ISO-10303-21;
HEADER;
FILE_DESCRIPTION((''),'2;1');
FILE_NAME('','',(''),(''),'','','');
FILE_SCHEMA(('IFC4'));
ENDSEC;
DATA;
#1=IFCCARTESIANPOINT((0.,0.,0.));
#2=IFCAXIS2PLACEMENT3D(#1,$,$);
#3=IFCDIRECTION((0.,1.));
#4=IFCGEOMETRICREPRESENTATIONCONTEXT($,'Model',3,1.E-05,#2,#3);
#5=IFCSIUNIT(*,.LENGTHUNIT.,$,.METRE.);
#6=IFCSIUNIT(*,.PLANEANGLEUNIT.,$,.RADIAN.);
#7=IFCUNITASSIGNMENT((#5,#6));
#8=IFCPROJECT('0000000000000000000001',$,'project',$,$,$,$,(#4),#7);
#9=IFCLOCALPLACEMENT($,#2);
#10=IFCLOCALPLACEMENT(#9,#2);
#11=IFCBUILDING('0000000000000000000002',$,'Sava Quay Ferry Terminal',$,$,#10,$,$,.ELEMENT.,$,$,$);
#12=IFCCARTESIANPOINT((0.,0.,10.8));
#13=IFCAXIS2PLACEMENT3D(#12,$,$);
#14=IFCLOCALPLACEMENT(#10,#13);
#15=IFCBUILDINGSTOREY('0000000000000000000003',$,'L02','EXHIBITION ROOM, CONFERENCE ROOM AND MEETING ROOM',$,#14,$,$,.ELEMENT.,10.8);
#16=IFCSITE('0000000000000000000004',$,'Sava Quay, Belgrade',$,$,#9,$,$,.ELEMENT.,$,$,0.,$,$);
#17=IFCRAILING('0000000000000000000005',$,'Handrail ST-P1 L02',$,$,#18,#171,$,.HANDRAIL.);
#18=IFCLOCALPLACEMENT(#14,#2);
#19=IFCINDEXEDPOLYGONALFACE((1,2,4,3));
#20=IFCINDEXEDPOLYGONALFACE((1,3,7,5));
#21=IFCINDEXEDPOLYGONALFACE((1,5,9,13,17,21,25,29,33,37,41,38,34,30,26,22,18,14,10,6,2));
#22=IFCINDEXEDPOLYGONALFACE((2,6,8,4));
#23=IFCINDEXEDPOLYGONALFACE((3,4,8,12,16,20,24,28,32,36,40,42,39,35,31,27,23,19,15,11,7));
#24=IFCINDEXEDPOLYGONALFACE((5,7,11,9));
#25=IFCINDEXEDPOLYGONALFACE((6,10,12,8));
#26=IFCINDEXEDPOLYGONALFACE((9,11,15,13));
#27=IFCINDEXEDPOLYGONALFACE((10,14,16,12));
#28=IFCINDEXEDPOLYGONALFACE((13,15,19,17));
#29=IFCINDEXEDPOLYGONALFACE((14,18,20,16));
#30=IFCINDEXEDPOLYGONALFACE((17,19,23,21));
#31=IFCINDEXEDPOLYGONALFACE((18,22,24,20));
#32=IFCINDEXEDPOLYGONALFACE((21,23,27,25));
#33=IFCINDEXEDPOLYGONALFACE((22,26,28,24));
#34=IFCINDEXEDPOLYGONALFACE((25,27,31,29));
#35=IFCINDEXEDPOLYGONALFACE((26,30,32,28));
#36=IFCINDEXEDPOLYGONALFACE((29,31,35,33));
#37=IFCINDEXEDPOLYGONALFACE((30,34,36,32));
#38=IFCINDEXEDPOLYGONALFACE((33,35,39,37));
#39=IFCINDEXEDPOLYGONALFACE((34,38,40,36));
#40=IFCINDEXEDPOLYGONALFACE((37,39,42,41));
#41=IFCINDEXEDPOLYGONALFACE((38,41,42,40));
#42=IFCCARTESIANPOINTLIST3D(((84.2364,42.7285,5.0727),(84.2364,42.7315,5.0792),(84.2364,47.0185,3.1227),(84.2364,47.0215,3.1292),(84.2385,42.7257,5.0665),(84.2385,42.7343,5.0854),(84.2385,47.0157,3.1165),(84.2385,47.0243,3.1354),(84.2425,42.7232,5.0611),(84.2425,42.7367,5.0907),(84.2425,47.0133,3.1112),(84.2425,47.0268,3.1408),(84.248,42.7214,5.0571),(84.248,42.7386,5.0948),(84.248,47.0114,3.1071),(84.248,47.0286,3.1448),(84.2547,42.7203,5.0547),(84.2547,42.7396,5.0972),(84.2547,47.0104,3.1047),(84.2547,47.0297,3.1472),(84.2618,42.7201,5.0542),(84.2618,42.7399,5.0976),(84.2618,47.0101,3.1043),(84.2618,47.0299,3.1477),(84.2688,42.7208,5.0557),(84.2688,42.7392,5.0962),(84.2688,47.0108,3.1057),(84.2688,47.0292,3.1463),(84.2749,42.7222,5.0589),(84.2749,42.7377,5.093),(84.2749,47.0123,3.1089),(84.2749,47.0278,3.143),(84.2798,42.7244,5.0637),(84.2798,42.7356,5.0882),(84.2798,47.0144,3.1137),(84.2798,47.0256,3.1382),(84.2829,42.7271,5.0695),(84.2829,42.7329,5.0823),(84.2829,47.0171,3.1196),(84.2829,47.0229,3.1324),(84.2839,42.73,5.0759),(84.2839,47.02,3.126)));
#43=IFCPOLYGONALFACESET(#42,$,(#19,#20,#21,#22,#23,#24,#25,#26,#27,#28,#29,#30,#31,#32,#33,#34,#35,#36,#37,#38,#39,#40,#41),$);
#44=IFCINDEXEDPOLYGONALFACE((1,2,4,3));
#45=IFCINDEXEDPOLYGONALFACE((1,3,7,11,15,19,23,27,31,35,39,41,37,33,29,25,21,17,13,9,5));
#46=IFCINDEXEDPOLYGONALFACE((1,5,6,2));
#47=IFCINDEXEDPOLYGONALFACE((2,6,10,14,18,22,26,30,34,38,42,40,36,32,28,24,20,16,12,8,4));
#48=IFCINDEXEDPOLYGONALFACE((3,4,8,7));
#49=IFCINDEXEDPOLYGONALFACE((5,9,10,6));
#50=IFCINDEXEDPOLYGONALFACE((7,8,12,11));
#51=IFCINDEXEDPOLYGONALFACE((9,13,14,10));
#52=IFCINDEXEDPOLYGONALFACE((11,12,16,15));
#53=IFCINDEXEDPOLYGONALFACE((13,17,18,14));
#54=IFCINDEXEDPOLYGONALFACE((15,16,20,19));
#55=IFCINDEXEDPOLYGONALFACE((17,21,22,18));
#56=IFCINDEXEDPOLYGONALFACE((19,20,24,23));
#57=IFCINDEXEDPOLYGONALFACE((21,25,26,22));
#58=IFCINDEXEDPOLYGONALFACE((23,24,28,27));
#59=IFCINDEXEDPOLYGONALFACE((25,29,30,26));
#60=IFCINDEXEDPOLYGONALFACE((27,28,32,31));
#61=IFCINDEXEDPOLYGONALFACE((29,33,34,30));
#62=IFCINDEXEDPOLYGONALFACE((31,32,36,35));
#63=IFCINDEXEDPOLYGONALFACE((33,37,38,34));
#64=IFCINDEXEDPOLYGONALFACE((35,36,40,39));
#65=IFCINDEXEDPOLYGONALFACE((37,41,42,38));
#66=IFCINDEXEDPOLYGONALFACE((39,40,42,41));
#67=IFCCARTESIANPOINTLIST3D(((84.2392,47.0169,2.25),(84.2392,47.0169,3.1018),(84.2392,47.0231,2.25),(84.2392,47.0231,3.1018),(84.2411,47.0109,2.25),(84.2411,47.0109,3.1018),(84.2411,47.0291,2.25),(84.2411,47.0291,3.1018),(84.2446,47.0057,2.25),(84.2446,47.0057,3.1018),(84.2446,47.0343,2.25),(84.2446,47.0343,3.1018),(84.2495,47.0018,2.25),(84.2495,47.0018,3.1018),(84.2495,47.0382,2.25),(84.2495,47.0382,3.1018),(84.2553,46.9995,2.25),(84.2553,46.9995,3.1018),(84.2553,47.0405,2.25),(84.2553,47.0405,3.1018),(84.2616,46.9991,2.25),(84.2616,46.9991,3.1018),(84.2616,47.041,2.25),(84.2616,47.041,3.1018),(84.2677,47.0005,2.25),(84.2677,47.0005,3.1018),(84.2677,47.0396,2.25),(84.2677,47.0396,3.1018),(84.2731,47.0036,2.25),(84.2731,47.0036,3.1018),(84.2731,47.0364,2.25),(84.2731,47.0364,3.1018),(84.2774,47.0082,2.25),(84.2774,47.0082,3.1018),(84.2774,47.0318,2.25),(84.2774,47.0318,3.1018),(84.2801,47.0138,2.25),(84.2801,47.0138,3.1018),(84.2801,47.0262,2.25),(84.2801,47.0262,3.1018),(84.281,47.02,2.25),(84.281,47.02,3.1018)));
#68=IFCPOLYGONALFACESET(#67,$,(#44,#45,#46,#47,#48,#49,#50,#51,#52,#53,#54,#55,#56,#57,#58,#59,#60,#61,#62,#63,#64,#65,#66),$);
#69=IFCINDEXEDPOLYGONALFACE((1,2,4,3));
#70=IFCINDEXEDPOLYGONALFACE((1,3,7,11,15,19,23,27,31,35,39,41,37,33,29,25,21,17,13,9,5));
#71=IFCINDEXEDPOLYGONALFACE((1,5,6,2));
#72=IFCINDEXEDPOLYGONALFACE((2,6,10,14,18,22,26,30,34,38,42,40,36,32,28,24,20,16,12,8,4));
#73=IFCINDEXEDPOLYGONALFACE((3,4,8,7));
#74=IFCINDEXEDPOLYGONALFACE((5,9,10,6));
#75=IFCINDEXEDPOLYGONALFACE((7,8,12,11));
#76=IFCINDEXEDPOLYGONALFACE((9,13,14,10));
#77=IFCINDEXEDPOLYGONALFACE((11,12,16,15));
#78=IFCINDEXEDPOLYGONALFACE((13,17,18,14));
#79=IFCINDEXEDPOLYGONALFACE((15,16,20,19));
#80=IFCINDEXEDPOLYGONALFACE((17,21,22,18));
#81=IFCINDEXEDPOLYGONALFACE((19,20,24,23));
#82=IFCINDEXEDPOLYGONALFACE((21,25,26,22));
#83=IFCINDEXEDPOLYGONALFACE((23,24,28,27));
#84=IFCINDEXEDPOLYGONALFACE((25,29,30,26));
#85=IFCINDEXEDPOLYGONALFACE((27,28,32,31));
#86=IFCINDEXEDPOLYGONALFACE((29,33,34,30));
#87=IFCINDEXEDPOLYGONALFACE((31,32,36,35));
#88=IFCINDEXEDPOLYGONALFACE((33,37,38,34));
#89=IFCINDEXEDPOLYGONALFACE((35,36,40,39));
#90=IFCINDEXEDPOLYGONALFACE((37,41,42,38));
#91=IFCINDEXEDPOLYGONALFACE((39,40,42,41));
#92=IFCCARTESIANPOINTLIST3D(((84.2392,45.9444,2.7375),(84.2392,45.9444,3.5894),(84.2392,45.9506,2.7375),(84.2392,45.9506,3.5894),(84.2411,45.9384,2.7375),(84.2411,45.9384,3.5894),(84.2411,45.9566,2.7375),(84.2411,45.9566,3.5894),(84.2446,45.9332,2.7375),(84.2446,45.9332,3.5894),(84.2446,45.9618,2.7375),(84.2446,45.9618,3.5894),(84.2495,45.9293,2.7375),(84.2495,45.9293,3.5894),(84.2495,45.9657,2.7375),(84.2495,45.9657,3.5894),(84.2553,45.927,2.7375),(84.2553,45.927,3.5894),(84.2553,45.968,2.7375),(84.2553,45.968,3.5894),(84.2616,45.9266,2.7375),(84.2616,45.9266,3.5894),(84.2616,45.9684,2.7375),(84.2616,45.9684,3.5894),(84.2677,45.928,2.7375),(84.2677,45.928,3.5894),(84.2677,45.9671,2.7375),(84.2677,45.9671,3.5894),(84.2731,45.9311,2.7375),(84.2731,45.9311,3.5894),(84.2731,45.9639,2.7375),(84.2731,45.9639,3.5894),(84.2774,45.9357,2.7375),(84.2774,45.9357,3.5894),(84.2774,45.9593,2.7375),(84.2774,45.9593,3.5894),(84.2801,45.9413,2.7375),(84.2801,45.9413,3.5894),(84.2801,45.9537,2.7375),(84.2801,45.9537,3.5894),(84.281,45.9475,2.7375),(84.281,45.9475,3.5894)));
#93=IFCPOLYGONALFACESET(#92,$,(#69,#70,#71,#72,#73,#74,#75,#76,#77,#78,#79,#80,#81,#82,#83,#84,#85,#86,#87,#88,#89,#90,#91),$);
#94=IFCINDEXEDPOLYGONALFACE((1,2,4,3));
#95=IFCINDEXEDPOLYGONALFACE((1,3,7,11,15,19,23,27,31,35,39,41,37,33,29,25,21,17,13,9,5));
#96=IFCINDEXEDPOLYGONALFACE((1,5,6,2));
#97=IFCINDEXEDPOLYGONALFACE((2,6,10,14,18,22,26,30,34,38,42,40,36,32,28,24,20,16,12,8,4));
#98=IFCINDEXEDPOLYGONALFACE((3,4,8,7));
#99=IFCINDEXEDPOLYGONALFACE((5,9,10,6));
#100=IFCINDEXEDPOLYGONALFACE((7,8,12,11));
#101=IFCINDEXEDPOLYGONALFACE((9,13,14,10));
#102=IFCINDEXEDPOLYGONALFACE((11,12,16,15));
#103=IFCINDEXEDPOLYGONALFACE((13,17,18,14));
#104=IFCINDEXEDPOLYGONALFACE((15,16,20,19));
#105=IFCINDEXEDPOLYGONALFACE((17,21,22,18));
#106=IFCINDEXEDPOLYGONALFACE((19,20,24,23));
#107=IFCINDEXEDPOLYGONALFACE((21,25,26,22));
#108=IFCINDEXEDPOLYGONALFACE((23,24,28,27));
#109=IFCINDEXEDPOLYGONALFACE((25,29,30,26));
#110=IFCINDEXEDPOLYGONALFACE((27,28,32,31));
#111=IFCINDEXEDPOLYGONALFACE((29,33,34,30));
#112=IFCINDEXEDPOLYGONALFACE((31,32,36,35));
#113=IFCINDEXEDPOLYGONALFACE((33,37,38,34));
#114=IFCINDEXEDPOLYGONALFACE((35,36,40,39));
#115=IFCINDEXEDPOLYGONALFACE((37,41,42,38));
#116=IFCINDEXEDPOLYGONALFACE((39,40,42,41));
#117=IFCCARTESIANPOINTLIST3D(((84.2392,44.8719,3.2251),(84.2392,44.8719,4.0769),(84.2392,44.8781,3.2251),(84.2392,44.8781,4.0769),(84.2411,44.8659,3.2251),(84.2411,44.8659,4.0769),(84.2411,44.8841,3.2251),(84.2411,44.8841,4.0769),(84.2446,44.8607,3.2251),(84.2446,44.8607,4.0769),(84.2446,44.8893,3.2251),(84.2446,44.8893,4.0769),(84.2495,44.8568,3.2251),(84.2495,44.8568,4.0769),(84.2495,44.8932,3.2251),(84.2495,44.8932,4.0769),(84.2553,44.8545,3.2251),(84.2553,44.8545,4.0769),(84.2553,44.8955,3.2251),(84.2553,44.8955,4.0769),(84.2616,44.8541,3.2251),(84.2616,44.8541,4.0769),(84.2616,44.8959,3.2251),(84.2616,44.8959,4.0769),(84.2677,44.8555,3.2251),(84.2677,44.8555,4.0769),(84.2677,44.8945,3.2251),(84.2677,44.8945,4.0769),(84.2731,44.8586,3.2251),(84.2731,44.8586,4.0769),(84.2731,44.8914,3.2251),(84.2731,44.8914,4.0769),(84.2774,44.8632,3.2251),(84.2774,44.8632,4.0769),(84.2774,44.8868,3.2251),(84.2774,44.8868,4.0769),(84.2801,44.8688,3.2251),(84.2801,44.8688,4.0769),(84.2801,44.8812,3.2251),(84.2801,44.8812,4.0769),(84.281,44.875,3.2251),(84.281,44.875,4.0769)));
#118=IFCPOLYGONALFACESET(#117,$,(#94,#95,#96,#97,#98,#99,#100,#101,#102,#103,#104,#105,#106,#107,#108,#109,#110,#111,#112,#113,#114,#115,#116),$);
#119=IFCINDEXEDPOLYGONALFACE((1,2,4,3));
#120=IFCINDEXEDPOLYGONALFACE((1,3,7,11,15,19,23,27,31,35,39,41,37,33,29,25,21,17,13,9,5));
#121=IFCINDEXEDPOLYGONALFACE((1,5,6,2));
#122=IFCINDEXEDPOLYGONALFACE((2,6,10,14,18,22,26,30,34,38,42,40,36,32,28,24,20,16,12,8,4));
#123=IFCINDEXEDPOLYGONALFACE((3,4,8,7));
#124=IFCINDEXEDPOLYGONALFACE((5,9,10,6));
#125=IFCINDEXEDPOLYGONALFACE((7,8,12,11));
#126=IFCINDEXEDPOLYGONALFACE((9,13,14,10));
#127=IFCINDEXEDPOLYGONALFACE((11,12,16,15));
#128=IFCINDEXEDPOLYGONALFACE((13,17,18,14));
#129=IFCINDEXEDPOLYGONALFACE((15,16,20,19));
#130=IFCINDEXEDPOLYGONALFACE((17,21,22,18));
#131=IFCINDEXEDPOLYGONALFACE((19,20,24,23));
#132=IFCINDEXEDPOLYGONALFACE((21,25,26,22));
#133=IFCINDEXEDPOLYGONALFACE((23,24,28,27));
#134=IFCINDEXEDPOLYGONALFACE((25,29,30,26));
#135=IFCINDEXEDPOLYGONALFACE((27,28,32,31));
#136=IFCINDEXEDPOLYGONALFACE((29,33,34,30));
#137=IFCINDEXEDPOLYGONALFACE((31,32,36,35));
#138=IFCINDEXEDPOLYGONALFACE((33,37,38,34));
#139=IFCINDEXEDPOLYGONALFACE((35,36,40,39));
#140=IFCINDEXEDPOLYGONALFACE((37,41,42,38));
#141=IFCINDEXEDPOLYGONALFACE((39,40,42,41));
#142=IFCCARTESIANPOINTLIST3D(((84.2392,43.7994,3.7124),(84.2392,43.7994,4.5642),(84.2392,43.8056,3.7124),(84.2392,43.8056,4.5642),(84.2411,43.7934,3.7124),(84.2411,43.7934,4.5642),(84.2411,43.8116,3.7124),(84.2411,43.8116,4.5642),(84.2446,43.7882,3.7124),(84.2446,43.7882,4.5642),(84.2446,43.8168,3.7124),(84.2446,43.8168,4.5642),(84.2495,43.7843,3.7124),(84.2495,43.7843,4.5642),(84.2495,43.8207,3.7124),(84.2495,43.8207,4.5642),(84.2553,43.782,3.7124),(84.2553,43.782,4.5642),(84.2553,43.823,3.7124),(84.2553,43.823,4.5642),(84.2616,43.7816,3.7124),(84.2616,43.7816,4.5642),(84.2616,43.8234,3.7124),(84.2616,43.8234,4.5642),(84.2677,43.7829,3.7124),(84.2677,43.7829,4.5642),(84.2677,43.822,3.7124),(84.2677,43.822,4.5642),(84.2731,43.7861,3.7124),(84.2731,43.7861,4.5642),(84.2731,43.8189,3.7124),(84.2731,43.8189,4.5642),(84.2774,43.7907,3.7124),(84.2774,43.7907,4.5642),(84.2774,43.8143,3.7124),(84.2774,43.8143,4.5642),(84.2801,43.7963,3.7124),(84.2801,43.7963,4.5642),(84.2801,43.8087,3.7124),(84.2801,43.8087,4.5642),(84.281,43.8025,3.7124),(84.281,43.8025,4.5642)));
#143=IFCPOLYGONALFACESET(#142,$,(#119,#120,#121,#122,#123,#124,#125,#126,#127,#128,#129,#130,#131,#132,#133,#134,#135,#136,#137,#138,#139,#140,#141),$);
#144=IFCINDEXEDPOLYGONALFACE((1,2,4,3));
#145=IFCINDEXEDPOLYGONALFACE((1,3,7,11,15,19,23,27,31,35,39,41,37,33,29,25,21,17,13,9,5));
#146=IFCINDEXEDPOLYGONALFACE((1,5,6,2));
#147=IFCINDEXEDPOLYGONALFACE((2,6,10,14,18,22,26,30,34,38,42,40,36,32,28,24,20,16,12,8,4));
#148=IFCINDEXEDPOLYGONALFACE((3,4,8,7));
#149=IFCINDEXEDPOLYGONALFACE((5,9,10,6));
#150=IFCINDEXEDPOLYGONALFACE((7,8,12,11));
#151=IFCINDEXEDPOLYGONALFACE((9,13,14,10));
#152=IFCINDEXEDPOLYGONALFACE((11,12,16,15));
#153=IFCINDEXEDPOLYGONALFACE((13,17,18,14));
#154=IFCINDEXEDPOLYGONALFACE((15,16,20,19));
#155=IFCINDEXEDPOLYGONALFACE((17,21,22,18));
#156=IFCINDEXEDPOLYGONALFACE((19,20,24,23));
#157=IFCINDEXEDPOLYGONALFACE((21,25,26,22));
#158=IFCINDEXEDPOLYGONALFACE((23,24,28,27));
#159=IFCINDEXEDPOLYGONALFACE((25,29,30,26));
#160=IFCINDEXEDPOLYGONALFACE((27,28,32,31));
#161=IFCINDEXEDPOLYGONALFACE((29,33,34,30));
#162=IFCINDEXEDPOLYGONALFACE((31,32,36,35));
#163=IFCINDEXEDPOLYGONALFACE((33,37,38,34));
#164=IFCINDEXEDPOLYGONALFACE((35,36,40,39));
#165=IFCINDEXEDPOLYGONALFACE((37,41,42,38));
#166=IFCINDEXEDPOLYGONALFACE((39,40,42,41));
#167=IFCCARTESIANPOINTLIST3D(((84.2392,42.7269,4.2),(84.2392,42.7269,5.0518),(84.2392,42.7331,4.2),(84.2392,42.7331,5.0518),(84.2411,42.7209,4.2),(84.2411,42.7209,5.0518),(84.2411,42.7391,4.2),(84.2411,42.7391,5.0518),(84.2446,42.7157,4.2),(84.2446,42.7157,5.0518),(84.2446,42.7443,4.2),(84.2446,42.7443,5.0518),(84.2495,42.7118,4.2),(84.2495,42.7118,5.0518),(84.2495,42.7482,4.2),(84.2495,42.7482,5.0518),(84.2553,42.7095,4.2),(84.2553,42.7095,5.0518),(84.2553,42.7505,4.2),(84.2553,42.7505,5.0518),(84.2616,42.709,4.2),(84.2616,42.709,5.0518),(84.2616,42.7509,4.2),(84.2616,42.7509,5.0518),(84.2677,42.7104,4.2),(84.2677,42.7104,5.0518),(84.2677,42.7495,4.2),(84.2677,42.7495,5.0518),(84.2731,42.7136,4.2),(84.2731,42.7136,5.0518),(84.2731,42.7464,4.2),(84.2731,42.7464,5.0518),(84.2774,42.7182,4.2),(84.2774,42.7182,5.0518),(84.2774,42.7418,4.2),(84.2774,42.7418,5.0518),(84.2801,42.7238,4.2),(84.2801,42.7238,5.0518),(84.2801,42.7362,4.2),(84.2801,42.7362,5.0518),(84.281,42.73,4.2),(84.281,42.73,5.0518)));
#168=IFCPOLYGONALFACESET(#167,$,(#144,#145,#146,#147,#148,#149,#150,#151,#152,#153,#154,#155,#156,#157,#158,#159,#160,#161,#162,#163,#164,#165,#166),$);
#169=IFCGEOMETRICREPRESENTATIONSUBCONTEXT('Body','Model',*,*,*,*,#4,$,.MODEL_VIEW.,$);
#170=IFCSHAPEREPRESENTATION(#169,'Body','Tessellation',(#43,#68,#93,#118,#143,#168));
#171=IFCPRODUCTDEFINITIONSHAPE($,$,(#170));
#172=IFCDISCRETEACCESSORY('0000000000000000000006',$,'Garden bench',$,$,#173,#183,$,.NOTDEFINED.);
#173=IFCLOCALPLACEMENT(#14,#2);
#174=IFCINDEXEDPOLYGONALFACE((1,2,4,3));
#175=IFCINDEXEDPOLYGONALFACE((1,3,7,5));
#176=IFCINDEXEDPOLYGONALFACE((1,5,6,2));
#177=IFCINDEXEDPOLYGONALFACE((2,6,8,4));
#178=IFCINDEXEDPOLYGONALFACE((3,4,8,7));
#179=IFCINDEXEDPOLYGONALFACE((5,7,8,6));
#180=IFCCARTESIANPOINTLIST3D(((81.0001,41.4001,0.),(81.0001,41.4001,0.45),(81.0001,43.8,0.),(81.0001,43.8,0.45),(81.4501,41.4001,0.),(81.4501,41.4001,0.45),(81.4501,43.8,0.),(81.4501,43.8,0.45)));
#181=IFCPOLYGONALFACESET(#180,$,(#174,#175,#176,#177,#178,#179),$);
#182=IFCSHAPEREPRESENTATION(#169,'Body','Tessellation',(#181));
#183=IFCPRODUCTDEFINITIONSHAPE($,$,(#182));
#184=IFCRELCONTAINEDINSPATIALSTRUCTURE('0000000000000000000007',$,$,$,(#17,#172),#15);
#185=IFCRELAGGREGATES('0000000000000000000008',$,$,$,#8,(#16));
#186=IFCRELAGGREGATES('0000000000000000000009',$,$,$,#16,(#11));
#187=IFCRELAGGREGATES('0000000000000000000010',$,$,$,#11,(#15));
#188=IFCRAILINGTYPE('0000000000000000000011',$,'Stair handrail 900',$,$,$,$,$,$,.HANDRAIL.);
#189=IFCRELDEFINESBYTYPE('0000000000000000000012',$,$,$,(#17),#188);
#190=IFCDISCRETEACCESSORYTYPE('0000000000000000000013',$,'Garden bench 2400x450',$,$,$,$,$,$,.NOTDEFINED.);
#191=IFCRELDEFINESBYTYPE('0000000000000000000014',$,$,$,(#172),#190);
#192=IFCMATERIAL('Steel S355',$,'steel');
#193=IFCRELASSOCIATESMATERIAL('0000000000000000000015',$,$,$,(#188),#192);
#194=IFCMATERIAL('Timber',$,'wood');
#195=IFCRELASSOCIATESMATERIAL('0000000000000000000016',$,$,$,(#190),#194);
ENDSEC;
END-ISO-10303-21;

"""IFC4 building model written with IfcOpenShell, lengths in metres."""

from ifc_helpers import new_model, si_unit, direction, frame, origin, origin_2d, place, context, subcontext, project, spatial, rectangle, circle, extrude, material, type_object, element, save


model = new_model("IFC4")

# Units and contexts
model_context = context("Model", 3, precision=1e-05, world=origin(), true_north=direction((0.0, 1.0)))
body_context = subcontext(model_context, "Body", "Model", "MODEL_VIEW")
ifc_project = project(units=[si_unit("LENGTHUNIT", "METRE"), si_unit("PLANEANGLEUNIT", "RADIAN")], contexts=[model_context])

# Site, building, storey
site_placement = place(None, origin())
site = spatial("IfcSite", under=ifc_project, at=site_placement, Name="Sava Quay, Belgrade", CompositionType="ELEMENT", RefElevation=0.0)
building_placement = place(site_placement, origin())
building = spatial("IfcBuilding", under=site, at=building_placement, Name="Sava Quay Ferry Terminal", CompositionType="ELEMENT")
storey_placement = place(building_placement, frame((0.0, 0.0, 10.8)))
storey = spatial("IfcBuildingStorey", under=building, at=storey_placement, Name="L02", Description="EXHIBITION ROOM, CONFERENCE ROOM AND MEETING ROOM", CompositionType="ELEMENT", Elevation=10.8)

# Railing
ifc_material_1 = material(Name="Steel S355", Category="steel")
railing_type_1 = type_object("IfcRailingType", Name="Stair handrail 900", PredefinedType="HANDRAIL", material=ifc_material_1)
railing_1_placement = place(storey_placement, frame((84.26, 47.02, 2.25)))
element("IfcRailing", 1, at=railing_1_placement, inside=storey, type_object=railing_type_1, Name="Handrail ST-P1 L02", PredefinedType="HANDRAIL", context=body_context, shape_type="SweptSolid", body=[
    extrude(circle(Radius=0.0239, at=origin_2d()), frame((0.0, 0.0, 0.876), z_axis=(0.0, -0.910372, 0.413791), x_axis=(1.0, 0.0, 0.0)), (0.0, 0.0, 1.0), 4.7124),
    extrude(circle(Radius=0.021, at=origin_2d()), origin(), (0.0, 0.0, 1.0), 0.8518),
    extrude(circle(Radius=0.021, at=origin_2d()), frame((0.0, -1.0725, 0.4875)), (0.0, 0.0, 1.0), 0.8518),
    extrude(circle(Radius=0.021, at=origin_2d()), frame((0.0, -2.145, 0.9751)), (0.0, 0.0, 1.0), 0.8518),
    extrude(circle(Radius=0.021, at=origin_2d()), frame((0.0, -3.2175, 1.4624)), (0.0, 0.0, 1.0), 0.8518),
    extrude(circle(Radius=0.021, at=origin_2d()), frame((0.0, -4.29, 1.95)), (0.0, 0.0, 1.0), 0.8518),
])

# Discrete accessory
ifc_material_2 = material(Name="Timber", Category="wood")
discrete_accessory_type = type_object("IfcDiscreteAccessoryType", Name="Garden bench 2400x450", PredefinedType="NOTDEFINED", material=ifc_material_2)
discrete_accessory_placement = place(storey_placement, frame((81.2251, 42.6001, 0.0), z_axis=(0.0, 0.0, 1.0), x_axis=(1.0, 0.0, 0.0)))
element("IfcDiscreteAccessory", 2, at=discrete_accessory_placement, inside=storey, type_object=discrete_accessory_type, Name="Garden bench", PredefinedType="NOTDEFINED", context=body_context, shape_type="SweptSolid", body=[
    extrude(rectangle(XDim=0.45, YDim=2.3999, at=origin_2d()), origin(), (0.0, 0.0, 1.0), 0.45),
])

save(model, "model.ifc")
